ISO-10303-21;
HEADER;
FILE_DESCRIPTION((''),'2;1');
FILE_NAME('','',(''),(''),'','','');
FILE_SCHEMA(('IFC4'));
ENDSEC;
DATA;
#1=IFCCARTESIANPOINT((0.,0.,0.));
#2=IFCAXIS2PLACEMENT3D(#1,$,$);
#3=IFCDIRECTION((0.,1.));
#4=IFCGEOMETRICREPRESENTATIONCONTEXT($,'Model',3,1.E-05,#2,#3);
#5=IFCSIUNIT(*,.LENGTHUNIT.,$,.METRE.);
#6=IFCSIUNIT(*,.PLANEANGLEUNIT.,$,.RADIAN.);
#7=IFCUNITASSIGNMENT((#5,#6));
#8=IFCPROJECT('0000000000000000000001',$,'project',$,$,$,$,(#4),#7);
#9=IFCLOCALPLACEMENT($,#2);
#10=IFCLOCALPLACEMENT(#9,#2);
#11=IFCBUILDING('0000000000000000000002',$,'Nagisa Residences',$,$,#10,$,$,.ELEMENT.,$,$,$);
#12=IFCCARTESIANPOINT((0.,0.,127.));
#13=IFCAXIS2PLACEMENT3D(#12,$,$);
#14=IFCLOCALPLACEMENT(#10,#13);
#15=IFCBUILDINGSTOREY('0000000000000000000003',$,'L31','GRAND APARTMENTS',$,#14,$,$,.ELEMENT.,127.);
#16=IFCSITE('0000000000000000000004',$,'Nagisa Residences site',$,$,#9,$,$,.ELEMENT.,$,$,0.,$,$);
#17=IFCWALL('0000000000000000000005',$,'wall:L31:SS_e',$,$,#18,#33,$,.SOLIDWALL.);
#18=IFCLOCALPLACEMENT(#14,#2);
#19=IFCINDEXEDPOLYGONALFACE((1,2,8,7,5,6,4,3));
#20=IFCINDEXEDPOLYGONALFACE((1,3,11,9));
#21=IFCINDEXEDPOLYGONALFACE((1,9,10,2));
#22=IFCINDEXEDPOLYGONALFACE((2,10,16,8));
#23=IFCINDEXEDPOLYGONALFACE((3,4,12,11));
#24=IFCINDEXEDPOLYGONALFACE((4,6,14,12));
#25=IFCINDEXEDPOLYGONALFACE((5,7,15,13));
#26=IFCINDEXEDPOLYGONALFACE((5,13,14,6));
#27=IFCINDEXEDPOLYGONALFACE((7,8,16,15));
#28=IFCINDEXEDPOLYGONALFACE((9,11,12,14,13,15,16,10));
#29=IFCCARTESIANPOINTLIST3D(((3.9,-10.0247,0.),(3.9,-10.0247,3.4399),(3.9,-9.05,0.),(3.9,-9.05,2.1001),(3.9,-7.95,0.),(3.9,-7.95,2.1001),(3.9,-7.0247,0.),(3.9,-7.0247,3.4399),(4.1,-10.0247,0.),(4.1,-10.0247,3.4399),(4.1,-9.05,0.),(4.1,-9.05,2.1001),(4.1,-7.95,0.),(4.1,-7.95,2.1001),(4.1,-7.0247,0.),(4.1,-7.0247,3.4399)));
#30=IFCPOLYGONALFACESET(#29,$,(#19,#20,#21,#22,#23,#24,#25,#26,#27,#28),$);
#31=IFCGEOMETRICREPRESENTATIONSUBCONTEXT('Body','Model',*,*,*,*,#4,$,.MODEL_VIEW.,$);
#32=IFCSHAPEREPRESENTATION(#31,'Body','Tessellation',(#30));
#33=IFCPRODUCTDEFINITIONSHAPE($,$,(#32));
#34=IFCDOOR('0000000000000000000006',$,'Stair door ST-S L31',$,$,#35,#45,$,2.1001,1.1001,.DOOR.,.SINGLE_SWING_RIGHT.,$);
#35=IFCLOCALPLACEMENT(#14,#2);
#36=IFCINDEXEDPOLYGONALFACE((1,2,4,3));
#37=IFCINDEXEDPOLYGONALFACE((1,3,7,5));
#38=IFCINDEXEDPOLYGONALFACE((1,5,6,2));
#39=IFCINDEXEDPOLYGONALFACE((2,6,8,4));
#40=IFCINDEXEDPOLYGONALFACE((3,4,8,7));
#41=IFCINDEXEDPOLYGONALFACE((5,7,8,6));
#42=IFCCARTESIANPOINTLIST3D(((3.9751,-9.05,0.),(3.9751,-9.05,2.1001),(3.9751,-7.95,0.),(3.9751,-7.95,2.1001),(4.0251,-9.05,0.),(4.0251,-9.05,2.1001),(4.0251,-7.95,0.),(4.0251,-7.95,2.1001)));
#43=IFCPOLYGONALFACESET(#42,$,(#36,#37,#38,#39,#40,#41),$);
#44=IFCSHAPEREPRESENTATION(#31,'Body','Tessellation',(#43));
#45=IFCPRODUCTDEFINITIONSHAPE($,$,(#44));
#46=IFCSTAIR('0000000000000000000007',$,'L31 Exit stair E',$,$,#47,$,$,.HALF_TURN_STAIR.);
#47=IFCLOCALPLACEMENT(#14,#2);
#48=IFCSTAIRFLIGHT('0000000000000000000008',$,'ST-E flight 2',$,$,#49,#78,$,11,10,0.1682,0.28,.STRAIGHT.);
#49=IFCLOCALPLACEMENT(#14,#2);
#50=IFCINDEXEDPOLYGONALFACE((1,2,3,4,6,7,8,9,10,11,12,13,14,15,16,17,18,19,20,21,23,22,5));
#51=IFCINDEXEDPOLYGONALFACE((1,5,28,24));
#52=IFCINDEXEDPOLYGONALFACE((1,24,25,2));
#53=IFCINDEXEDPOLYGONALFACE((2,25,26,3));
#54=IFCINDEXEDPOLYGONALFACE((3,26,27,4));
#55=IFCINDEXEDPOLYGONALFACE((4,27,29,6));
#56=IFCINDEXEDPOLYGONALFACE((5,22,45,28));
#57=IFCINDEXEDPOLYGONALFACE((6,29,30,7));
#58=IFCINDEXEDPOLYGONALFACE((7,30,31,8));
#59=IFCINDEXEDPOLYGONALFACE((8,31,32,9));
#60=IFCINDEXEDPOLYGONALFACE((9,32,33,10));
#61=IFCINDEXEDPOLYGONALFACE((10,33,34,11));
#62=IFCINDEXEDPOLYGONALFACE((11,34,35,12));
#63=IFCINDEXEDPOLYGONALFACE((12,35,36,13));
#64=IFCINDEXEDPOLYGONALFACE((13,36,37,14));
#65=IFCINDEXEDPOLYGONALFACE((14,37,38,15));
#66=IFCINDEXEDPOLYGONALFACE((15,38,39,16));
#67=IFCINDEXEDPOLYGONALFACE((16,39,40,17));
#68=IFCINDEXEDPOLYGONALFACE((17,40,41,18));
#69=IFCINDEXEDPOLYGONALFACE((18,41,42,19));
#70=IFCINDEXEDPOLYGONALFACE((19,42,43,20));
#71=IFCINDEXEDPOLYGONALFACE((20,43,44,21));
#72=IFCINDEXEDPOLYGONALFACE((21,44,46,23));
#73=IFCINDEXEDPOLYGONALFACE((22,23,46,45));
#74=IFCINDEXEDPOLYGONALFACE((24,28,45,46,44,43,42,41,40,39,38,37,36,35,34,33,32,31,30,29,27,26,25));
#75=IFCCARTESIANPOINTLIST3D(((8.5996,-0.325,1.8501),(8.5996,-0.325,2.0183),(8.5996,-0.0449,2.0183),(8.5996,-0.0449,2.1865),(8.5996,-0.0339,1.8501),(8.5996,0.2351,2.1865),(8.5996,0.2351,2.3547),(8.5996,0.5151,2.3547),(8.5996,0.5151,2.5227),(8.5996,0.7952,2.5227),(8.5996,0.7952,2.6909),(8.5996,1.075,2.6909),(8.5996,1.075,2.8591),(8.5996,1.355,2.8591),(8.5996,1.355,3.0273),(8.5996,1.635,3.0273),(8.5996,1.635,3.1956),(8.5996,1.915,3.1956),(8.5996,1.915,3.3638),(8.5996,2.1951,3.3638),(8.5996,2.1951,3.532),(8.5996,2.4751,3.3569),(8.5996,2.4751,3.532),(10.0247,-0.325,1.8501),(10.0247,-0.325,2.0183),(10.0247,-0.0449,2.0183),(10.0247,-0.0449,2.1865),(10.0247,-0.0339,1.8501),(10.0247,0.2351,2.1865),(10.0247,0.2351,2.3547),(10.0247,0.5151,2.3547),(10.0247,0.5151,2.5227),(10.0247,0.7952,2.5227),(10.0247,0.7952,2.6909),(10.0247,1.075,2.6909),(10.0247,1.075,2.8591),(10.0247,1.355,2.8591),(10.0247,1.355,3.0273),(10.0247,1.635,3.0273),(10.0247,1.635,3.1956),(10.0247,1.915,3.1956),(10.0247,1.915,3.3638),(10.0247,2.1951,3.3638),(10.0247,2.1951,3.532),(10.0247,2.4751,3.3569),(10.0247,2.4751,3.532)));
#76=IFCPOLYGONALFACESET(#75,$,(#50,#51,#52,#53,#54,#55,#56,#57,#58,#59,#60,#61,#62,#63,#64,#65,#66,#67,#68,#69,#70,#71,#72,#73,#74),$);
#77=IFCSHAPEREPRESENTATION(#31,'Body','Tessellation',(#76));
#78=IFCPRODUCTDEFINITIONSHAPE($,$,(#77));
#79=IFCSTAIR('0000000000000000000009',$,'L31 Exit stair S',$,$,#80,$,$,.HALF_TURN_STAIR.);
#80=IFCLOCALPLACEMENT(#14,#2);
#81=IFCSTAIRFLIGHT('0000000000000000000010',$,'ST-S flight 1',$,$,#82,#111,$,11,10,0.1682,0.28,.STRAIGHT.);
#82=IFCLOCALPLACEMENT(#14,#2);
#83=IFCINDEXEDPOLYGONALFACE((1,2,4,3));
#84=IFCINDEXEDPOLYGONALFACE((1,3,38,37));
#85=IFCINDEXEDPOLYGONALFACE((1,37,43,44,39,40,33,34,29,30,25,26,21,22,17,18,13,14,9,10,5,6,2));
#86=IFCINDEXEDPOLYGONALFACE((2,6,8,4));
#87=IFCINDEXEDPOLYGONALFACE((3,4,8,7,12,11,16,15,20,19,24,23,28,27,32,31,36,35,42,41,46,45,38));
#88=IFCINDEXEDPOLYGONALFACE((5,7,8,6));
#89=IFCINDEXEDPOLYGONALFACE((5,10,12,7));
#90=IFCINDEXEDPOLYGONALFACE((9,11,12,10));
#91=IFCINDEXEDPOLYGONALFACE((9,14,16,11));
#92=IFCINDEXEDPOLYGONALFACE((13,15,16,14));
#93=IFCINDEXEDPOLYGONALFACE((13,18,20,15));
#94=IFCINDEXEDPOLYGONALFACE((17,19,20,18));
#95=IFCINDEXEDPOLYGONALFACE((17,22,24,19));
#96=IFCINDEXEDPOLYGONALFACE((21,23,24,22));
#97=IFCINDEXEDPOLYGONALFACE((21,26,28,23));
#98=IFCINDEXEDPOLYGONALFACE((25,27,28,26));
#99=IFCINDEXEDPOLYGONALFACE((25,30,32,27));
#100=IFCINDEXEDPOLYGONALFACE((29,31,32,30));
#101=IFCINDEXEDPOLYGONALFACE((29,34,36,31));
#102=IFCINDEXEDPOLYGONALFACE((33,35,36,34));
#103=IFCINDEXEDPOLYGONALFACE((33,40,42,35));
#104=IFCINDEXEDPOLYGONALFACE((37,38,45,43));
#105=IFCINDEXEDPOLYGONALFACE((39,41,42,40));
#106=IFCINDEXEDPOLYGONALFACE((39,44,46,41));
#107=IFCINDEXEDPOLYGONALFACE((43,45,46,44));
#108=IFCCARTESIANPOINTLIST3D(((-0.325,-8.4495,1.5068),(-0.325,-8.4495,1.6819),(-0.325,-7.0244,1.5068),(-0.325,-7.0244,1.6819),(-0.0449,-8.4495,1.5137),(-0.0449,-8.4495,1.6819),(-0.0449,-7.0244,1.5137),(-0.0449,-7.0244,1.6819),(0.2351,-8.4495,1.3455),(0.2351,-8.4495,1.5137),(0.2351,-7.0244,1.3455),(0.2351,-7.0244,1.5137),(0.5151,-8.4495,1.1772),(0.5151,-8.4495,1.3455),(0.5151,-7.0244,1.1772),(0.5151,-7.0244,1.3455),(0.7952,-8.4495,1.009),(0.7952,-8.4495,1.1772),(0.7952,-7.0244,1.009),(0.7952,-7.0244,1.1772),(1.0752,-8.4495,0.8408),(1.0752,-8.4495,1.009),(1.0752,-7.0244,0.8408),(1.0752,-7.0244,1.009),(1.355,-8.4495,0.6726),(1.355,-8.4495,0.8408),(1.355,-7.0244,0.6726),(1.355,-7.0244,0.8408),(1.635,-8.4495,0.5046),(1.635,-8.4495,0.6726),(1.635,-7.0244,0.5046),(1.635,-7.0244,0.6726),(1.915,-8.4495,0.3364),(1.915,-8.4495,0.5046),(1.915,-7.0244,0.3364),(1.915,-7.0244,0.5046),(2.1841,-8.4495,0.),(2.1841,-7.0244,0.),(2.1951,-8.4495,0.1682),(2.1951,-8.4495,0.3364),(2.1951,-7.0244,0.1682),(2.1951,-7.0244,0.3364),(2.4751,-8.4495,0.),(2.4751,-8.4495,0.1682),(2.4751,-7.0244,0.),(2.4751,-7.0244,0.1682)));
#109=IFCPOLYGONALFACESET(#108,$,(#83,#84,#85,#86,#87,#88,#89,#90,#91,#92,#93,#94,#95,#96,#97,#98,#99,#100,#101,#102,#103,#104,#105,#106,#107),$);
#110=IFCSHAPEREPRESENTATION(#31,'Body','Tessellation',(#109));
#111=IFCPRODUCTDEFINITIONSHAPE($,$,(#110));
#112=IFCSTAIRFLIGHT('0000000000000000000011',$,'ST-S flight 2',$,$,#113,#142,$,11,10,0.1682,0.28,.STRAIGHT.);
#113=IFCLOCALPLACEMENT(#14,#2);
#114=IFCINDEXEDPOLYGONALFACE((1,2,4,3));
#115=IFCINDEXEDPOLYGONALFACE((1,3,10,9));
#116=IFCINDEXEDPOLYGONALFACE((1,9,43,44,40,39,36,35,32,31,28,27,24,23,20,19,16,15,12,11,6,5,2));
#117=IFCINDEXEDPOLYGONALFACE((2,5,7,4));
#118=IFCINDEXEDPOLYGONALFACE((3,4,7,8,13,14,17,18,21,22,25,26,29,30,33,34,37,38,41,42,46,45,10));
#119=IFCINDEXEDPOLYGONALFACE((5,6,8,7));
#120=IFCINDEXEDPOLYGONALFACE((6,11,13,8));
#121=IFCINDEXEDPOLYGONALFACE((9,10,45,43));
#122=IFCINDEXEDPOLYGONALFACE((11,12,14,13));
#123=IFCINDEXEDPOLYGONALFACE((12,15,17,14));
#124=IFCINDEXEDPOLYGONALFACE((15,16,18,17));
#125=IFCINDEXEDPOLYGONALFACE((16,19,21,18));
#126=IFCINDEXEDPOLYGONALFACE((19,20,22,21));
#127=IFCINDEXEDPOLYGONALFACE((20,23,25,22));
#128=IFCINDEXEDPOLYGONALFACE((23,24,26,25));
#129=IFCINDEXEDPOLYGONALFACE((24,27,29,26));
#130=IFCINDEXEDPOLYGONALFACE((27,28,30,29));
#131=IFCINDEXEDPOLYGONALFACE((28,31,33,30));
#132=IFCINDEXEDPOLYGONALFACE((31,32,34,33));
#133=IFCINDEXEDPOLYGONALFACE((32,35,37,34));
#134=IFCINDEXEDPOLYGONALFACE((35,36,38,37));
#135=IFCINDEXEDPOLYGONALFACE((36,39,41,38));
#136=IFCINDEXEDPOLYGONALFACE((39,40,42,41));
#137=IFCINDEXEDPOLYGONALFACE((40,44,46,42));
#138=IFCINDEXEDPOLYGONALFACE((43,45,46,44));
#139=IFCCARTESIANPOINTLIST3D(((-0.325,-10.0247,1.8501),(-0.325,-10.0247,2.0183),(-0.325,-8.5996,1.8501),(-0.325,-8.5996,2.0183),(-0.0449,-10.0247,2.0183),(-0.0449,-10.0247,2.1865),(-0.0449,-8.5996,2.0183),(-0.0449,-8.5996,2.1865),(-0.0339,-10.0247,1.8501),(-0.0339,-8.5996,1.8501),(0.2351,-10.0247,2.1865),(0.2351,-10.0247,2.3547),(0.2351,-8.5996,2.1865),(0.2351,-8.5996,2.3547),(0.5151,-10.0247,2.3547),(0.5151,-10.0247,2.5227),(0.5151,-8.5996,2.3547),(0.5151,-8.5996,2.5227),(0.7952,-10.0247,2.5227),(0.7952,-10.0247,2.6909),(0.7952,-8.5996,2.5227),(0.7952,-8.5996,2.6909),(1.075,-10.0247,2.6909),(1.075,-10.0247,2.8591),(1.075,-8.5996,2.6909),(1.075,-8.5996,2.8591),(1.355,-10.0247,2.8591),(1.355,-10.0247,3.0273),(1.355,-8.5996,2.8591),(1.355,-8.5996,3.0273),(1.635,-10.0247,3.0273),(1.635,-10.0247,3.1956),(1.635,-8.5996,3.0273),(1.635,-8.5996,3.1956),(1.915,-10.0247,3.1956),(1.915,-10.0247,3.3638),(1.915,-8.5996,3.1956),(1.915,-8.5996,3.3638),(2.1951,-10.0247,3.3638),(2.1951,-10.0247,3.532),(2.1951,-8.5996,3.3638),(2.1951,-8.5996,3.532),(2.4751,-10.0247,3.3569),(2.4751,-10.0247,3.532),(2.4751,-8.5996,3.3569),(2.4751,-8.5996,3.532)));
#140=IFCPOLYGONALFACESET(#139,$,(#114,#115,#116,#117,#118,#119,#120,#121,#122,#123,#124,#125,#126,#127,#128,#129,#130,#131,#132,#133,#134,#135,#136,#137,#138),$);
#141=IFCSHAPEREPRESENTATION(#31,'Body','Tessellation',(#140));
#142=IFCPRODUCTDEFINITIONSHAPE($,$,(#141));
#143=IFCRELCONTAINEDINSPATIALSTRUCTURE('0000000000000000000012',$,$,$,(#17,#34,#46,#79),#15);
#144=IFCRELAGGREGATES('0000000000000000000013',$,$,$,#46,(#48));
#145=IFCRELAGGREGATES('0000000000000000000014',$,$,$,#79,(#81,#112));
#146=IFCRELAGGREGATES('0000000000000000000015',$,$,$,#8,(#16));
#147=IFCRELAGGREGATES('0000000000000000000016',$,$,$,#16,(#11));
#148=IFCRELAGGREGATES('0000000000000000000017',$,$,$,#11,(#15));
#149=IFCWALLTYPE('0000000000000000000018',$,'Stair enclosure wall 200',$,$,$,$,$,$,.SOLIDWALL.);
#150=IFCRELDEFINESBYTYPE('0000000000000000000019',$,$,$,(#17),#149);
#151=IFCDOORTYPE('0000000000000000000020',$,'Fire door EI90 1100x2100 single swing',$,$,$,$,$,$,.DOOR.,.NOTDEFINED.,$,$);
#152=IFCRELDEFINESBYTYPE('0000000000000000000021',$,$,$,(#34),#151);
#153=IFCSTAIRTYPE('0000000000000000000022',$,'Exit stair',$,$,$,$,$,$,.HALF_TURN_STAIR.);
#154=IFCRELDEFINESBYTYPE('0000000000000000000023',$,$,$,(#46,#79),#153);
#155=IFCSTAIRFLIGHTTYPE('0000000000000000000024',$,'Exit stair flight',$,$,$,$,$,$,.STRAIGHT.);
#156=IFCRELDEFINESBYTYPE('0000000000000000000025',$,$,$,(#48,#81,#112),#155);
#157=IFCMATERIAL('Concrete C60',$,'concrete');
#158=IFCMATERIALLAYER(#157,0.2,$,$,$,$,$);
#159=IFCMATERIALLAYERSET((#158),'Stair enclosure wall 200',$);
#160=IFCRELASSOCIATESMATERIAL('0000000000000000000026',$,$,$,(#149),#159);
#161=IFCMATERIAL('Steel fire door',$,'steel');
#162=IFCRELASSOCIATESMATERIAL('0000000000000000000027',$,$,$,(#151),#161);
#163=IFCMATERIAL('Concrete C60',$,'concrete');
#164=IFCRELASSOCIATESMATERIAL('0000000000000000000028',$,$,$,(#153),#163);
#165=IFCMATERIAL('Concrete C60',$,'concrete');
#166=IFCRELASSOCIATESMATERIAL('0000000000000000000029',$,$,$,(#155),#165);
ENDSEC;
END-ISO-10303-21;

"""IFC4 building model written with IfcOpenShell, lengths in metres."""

from ifc_helpers import new_model, si_unit, direction, frame, frame_2d, origin, place, context, subcontext, project, spatial, polyline, rectangle, outline, extrude, material, layer, layer_set, type_object, element, fill, aggregate, save


model = new_model("IFC4")

# Units and contexts
model_context = context("Model", 3, precision=1e-05, world=origin(), true_north=direction((0.0, 1.0)))
body_context = subcontext(model_context, "Body", "Model", "MODEL_VIEW")
ifc_project = project(units=[si_unit("LENGTHUNIT", "METRE"), si_unit("PLANEANGLEUNIT", "RADIAN")], contexts=[model_context])

# Site, building, storey
site_placement = place(None, origin())
site = spatial("IfcSite", under=ifc_project, at=site_placement, Name="Nagisa Residences site", CompositionType="ELEMENT", RefElevation=0.0)
building_placement = place(site_placement, origin())
building = spatial("IfcBuilding", under=site, at=building_placement, Name="Nagisa Residences", CompositionType="ELEMENT")
storey_placement = place(building_placement, frame((0.0, 0.0, 127.0)))
storey = spatial("IfcBuildingStorey", under=building, at=storey_placement, Name="L31", Description="GRAND APARTMENTS", CompositionType="ELEMENT", Elevation=127.0)

# Wall, opening, door
ifc_material_1 = material(Name="Concrete C60", Category="concrete")
ifc_layer_1 = layer(ifc_material_1, 0.2)
ifc_layer_set_1 = layer_set([ifc_layer_1], Name="Stair enclosure wall 200")
wall_type_1 = type_object("IfcWallType", Name="Stair enclosure wall 200", PredefinedType="SOLIDWALL", material=ifc_layer_set_1)
wall_1_placement = place(storey_placement, frame((4.0, -10.0247, 0.0), z_axis=(0.0, 0.0, 1.0), x_axis=(0.0, 1.0, 0.0)))
wall_1 = element("IfcWall", 1, at=wall_1_placement, inside=storey, type_object=wall_type_1, Name="wall:L31:SS_e", PredefinedType="SOLIDWALL", context=body_context, shape_type="SweptSolid", body=[
    extrude(rectangle(XDim=3.0, YDim=0.2, at=frame_2d((1.5, 0.0))), origin(), (0.0, 0.0, 1.0), 3.4399),
])
opening_1_placement = place(wall_1_placement, frame((0.9746, 0.0, 0.0)))
opening_1 = element("IfcOpeningElement", 2, at=opening_1_placement, cuts=wall_1, PredefinedType="OPENING", context=body_context, shape_type="SweptSolid", body=[
    extrude(rectangle(XDim=1.1001, YDim=2.1001, at=frame_2d((0.55, 1.05))), frame((0.0, 0.1099, 0.0), z_axis=(0.0, -1.0, 0.0), x_axis=(1.0, 0.0, 0.0)), (0.0, 0.0, 1.0), 0.22),
])
ifc_material_2 = material(Name="Steel fire door", Category="steel")
door_type_1 = type_object("IfcDoorType", Name="Fire door EI90 1100x2100 single swing", OperationType="NOTDEFINED", PredefinedType="DOOR", material=ifc_material_2)
door_1_placement = place(opening_1_placement, origin())
door_1 = element("IfcDoor", 3, at=door_1_placement, inside=storey, type_object=door_type_1, Name="Stair door ST-S L31", OperationType="SINGLE_SWING_RIGHT", OverallHeight=2.1001, OverallWidth=1.1001, PredefinedType="DOOR", context=body_context, shape_type="SweptSolid", body=[
    extrude(rectangle(XDim=1.1001, YDim=2.1001, at=frame_2d((0.55, 1.05))), frame((0.0, 0.0249, 0.0), z_axis=(0.0, -1.0, 0.0), x_axis=(1.0, 0.0, 0.0)), (0.0, 0.0, 1.0), 0.05),
])
fill(opening_1, door_1)

# Stair, stair flight
ifc_material_3 = material(Name="Concrete C60", Category="concrete")
stair_type = type_object("IfcStairType", Name="Exit stair", PredefinedType="HALF_TURN_STAIR", material=ifc_material_3)
stair_1_placement = place(storey_placement, origin())
stair_1 = element("IfcStair", 4, at=stair_1_placement, inside=storey, type_object=stair_type, Name="L31 Exit stair E", PredefinedType="HALF_TURN_STAIR")
ifc_material_4 = material(Name="Concrete C60", Category="concrete")
stair_flight_type = type_object("IfcStairFlightType", Name="Exit stair flight", PredefinedType="STRAIGHT", material=ifc_material_4)
stair_flight_1_placement = place(storey_placement, frame((9.312, -0.325, 1.8501), z_axis=(0.0, 0.0, 1.0), x_axis=(0.0, 1.0, 0.0)))
stair_flight_1 = element("IfcStairFlight", 5, at=stair_flight_1_placement, type_object=stair_flight_type, Name="ST-E flight 2", NumberOfRisers=11, NumberOfTreads=10, PredefinedType="STRAIGHT", RiserHeight=0.1682, TreadLength=0.28, context=body_context, shape_type="SweptSolid", body=[
    extrude(outline(polyline([(0.0, 0.0), (0.0, 0.1682), (0.28, 0.1682), (0.28, 0.3364), (0.5601, 0.3364), (0.5601, 0.5046), (0.8401, 0.5046), (0.8401, 0.6726), (1.1201, 0.6726), (1.1201, 0.8408), (1.3999, 0.8408), (1.3999, 1.009), (1.6799, 1.009), (1.6799, 1.1772), (1.96, 1.1772), (1.96, 1.3455), (2.24, 1.3455), (2.24, 1.5137), (2.52, 1.5137), (2.52, 1.6819), (2.8, 1.6819), (2.8, 1.8501), (2.8, 1.5068), (0.291, 0.0), (0.0, 0.0)])), frame((0.0, 0.7124, 0.0), z_axis=(0.0, -1.0, 0.0), x_axis=(1.0, 0.0, 0.0)), (0.0, 0.0, 1.0), 1.425),
])
aggregate(stair_1, [stair_flight_1])

# Stair, stair flights
stair_2_placement = place(storey_placement, origin())
stair_2 = element("IfcStair", 6, at=stair_2_placement, inside=storey, type_object=stair_type, Name="L31 Exit stair S", PredefinedType="HALF_TURN_STAIR")
stair_flight_2_placement = place(storey_placement, frame((2.4751, -7.7371, 0.0), z_axis=(0.0, 0.0, 1.0), x_axis=(-1.0, 0.0, 0.0)))
stair_flight_2 = element("IfcStairFlight", 7, at=stair_flight_2_placement, type_object=stair_flight_type, Name="ST-S flight 1", NumberOfRisers=11, NumberOfTreads=10, PredefinedType="STRAIGHT", RiserHeight=0.1682, TreadLength=0.28, context=body_context, shape_type="SweptSolid", body=[
    extrude(outline(polyline([(0.0, 0.0), (0.0, 0.1682), (0.28, 0.1682), (0.28, 0.3364), (0.5601, 0.3364), (0.5601, 0.5046), (0.8401, 0.5046), (0.8401, 0.6726), (1.1201, 0.6726), (1.1201, 0.8408), (1.3999, 0.8408), (1.3999, 1.009), (1.6799, 1.009), (1.6799, 1.1772), (1.96, 1.1772), (1.96, 1.3455), (2.24, 1.3455), (2.24, 1.5137), (2.52, 1.5137), (2.52, 1.6819), (2.8, 1.6819), (2.8, 1.8501), (2.8, 1.5068), (0.291, 0.0), (0.0, 0.0)])), frame((0.0, 0.7124, 0.0), z_axis=(0.0, -1.0, 0.0), x_axis=(1.0, 0.0, 0.0)), (0.0, 0.0, 1.0), 1.425),
])
stair_flight_3_placement = place(storey_placement, frame((-0.325, -9.312, 1.8501), z_axis=(0.0, 0.0, 1.0), x_axis=(1.0, 0.0, 0.0)))
stair_flight_3 = element("IfcStairFlight", 8, at=stair_flight_3_placement, type_object=stair_flight_type, Name="ST-S flight 2", NumberOfRisers=11, NumberOfTreads=10, PredefinedType="STRAIGHT", RiserHeight=0.1682, TreadLength=0.28, context=body_context, shape_type="SweptSolid", body=[
    extrude(outline(polyline([(0.0, 0.0), (0.0, 0.1682), (0.28, 0.1682), (0.28, 0.3364), (0.5601, 0.3364), (0.5601, 0.5046), (0.8401, 0.5046), (0.8401, 0.6726), (1.1201, 0.6726), (1.1201, 0.8408), (1.3999, 0.8408), (1.3999, 1.009), (1.6799, 1.009), (1.6799, 1.1772), (1.96, 1.1772), (1.96, 1.3455), (2.24, 1.3455), (2.24, 1.5137), (2.52, 1.5137), (2.52, 1.6819), (2.8, 1.6819), (2.8, 1.8501), (2.8, 1.5068), (0.291, 0.0), (0.0, 0.0)])), frame((0.0, 0.7124, 0.0), z_axis=(0.0, -1.0, 0.0), x_axis=(1.0, 0.0, 0.0)), (0.0, 0.0, 1.0), 1.425),
])
aggregate(stair_2, [stair_flight_2, stair_flight_3])

save(model, "model.ifc")
